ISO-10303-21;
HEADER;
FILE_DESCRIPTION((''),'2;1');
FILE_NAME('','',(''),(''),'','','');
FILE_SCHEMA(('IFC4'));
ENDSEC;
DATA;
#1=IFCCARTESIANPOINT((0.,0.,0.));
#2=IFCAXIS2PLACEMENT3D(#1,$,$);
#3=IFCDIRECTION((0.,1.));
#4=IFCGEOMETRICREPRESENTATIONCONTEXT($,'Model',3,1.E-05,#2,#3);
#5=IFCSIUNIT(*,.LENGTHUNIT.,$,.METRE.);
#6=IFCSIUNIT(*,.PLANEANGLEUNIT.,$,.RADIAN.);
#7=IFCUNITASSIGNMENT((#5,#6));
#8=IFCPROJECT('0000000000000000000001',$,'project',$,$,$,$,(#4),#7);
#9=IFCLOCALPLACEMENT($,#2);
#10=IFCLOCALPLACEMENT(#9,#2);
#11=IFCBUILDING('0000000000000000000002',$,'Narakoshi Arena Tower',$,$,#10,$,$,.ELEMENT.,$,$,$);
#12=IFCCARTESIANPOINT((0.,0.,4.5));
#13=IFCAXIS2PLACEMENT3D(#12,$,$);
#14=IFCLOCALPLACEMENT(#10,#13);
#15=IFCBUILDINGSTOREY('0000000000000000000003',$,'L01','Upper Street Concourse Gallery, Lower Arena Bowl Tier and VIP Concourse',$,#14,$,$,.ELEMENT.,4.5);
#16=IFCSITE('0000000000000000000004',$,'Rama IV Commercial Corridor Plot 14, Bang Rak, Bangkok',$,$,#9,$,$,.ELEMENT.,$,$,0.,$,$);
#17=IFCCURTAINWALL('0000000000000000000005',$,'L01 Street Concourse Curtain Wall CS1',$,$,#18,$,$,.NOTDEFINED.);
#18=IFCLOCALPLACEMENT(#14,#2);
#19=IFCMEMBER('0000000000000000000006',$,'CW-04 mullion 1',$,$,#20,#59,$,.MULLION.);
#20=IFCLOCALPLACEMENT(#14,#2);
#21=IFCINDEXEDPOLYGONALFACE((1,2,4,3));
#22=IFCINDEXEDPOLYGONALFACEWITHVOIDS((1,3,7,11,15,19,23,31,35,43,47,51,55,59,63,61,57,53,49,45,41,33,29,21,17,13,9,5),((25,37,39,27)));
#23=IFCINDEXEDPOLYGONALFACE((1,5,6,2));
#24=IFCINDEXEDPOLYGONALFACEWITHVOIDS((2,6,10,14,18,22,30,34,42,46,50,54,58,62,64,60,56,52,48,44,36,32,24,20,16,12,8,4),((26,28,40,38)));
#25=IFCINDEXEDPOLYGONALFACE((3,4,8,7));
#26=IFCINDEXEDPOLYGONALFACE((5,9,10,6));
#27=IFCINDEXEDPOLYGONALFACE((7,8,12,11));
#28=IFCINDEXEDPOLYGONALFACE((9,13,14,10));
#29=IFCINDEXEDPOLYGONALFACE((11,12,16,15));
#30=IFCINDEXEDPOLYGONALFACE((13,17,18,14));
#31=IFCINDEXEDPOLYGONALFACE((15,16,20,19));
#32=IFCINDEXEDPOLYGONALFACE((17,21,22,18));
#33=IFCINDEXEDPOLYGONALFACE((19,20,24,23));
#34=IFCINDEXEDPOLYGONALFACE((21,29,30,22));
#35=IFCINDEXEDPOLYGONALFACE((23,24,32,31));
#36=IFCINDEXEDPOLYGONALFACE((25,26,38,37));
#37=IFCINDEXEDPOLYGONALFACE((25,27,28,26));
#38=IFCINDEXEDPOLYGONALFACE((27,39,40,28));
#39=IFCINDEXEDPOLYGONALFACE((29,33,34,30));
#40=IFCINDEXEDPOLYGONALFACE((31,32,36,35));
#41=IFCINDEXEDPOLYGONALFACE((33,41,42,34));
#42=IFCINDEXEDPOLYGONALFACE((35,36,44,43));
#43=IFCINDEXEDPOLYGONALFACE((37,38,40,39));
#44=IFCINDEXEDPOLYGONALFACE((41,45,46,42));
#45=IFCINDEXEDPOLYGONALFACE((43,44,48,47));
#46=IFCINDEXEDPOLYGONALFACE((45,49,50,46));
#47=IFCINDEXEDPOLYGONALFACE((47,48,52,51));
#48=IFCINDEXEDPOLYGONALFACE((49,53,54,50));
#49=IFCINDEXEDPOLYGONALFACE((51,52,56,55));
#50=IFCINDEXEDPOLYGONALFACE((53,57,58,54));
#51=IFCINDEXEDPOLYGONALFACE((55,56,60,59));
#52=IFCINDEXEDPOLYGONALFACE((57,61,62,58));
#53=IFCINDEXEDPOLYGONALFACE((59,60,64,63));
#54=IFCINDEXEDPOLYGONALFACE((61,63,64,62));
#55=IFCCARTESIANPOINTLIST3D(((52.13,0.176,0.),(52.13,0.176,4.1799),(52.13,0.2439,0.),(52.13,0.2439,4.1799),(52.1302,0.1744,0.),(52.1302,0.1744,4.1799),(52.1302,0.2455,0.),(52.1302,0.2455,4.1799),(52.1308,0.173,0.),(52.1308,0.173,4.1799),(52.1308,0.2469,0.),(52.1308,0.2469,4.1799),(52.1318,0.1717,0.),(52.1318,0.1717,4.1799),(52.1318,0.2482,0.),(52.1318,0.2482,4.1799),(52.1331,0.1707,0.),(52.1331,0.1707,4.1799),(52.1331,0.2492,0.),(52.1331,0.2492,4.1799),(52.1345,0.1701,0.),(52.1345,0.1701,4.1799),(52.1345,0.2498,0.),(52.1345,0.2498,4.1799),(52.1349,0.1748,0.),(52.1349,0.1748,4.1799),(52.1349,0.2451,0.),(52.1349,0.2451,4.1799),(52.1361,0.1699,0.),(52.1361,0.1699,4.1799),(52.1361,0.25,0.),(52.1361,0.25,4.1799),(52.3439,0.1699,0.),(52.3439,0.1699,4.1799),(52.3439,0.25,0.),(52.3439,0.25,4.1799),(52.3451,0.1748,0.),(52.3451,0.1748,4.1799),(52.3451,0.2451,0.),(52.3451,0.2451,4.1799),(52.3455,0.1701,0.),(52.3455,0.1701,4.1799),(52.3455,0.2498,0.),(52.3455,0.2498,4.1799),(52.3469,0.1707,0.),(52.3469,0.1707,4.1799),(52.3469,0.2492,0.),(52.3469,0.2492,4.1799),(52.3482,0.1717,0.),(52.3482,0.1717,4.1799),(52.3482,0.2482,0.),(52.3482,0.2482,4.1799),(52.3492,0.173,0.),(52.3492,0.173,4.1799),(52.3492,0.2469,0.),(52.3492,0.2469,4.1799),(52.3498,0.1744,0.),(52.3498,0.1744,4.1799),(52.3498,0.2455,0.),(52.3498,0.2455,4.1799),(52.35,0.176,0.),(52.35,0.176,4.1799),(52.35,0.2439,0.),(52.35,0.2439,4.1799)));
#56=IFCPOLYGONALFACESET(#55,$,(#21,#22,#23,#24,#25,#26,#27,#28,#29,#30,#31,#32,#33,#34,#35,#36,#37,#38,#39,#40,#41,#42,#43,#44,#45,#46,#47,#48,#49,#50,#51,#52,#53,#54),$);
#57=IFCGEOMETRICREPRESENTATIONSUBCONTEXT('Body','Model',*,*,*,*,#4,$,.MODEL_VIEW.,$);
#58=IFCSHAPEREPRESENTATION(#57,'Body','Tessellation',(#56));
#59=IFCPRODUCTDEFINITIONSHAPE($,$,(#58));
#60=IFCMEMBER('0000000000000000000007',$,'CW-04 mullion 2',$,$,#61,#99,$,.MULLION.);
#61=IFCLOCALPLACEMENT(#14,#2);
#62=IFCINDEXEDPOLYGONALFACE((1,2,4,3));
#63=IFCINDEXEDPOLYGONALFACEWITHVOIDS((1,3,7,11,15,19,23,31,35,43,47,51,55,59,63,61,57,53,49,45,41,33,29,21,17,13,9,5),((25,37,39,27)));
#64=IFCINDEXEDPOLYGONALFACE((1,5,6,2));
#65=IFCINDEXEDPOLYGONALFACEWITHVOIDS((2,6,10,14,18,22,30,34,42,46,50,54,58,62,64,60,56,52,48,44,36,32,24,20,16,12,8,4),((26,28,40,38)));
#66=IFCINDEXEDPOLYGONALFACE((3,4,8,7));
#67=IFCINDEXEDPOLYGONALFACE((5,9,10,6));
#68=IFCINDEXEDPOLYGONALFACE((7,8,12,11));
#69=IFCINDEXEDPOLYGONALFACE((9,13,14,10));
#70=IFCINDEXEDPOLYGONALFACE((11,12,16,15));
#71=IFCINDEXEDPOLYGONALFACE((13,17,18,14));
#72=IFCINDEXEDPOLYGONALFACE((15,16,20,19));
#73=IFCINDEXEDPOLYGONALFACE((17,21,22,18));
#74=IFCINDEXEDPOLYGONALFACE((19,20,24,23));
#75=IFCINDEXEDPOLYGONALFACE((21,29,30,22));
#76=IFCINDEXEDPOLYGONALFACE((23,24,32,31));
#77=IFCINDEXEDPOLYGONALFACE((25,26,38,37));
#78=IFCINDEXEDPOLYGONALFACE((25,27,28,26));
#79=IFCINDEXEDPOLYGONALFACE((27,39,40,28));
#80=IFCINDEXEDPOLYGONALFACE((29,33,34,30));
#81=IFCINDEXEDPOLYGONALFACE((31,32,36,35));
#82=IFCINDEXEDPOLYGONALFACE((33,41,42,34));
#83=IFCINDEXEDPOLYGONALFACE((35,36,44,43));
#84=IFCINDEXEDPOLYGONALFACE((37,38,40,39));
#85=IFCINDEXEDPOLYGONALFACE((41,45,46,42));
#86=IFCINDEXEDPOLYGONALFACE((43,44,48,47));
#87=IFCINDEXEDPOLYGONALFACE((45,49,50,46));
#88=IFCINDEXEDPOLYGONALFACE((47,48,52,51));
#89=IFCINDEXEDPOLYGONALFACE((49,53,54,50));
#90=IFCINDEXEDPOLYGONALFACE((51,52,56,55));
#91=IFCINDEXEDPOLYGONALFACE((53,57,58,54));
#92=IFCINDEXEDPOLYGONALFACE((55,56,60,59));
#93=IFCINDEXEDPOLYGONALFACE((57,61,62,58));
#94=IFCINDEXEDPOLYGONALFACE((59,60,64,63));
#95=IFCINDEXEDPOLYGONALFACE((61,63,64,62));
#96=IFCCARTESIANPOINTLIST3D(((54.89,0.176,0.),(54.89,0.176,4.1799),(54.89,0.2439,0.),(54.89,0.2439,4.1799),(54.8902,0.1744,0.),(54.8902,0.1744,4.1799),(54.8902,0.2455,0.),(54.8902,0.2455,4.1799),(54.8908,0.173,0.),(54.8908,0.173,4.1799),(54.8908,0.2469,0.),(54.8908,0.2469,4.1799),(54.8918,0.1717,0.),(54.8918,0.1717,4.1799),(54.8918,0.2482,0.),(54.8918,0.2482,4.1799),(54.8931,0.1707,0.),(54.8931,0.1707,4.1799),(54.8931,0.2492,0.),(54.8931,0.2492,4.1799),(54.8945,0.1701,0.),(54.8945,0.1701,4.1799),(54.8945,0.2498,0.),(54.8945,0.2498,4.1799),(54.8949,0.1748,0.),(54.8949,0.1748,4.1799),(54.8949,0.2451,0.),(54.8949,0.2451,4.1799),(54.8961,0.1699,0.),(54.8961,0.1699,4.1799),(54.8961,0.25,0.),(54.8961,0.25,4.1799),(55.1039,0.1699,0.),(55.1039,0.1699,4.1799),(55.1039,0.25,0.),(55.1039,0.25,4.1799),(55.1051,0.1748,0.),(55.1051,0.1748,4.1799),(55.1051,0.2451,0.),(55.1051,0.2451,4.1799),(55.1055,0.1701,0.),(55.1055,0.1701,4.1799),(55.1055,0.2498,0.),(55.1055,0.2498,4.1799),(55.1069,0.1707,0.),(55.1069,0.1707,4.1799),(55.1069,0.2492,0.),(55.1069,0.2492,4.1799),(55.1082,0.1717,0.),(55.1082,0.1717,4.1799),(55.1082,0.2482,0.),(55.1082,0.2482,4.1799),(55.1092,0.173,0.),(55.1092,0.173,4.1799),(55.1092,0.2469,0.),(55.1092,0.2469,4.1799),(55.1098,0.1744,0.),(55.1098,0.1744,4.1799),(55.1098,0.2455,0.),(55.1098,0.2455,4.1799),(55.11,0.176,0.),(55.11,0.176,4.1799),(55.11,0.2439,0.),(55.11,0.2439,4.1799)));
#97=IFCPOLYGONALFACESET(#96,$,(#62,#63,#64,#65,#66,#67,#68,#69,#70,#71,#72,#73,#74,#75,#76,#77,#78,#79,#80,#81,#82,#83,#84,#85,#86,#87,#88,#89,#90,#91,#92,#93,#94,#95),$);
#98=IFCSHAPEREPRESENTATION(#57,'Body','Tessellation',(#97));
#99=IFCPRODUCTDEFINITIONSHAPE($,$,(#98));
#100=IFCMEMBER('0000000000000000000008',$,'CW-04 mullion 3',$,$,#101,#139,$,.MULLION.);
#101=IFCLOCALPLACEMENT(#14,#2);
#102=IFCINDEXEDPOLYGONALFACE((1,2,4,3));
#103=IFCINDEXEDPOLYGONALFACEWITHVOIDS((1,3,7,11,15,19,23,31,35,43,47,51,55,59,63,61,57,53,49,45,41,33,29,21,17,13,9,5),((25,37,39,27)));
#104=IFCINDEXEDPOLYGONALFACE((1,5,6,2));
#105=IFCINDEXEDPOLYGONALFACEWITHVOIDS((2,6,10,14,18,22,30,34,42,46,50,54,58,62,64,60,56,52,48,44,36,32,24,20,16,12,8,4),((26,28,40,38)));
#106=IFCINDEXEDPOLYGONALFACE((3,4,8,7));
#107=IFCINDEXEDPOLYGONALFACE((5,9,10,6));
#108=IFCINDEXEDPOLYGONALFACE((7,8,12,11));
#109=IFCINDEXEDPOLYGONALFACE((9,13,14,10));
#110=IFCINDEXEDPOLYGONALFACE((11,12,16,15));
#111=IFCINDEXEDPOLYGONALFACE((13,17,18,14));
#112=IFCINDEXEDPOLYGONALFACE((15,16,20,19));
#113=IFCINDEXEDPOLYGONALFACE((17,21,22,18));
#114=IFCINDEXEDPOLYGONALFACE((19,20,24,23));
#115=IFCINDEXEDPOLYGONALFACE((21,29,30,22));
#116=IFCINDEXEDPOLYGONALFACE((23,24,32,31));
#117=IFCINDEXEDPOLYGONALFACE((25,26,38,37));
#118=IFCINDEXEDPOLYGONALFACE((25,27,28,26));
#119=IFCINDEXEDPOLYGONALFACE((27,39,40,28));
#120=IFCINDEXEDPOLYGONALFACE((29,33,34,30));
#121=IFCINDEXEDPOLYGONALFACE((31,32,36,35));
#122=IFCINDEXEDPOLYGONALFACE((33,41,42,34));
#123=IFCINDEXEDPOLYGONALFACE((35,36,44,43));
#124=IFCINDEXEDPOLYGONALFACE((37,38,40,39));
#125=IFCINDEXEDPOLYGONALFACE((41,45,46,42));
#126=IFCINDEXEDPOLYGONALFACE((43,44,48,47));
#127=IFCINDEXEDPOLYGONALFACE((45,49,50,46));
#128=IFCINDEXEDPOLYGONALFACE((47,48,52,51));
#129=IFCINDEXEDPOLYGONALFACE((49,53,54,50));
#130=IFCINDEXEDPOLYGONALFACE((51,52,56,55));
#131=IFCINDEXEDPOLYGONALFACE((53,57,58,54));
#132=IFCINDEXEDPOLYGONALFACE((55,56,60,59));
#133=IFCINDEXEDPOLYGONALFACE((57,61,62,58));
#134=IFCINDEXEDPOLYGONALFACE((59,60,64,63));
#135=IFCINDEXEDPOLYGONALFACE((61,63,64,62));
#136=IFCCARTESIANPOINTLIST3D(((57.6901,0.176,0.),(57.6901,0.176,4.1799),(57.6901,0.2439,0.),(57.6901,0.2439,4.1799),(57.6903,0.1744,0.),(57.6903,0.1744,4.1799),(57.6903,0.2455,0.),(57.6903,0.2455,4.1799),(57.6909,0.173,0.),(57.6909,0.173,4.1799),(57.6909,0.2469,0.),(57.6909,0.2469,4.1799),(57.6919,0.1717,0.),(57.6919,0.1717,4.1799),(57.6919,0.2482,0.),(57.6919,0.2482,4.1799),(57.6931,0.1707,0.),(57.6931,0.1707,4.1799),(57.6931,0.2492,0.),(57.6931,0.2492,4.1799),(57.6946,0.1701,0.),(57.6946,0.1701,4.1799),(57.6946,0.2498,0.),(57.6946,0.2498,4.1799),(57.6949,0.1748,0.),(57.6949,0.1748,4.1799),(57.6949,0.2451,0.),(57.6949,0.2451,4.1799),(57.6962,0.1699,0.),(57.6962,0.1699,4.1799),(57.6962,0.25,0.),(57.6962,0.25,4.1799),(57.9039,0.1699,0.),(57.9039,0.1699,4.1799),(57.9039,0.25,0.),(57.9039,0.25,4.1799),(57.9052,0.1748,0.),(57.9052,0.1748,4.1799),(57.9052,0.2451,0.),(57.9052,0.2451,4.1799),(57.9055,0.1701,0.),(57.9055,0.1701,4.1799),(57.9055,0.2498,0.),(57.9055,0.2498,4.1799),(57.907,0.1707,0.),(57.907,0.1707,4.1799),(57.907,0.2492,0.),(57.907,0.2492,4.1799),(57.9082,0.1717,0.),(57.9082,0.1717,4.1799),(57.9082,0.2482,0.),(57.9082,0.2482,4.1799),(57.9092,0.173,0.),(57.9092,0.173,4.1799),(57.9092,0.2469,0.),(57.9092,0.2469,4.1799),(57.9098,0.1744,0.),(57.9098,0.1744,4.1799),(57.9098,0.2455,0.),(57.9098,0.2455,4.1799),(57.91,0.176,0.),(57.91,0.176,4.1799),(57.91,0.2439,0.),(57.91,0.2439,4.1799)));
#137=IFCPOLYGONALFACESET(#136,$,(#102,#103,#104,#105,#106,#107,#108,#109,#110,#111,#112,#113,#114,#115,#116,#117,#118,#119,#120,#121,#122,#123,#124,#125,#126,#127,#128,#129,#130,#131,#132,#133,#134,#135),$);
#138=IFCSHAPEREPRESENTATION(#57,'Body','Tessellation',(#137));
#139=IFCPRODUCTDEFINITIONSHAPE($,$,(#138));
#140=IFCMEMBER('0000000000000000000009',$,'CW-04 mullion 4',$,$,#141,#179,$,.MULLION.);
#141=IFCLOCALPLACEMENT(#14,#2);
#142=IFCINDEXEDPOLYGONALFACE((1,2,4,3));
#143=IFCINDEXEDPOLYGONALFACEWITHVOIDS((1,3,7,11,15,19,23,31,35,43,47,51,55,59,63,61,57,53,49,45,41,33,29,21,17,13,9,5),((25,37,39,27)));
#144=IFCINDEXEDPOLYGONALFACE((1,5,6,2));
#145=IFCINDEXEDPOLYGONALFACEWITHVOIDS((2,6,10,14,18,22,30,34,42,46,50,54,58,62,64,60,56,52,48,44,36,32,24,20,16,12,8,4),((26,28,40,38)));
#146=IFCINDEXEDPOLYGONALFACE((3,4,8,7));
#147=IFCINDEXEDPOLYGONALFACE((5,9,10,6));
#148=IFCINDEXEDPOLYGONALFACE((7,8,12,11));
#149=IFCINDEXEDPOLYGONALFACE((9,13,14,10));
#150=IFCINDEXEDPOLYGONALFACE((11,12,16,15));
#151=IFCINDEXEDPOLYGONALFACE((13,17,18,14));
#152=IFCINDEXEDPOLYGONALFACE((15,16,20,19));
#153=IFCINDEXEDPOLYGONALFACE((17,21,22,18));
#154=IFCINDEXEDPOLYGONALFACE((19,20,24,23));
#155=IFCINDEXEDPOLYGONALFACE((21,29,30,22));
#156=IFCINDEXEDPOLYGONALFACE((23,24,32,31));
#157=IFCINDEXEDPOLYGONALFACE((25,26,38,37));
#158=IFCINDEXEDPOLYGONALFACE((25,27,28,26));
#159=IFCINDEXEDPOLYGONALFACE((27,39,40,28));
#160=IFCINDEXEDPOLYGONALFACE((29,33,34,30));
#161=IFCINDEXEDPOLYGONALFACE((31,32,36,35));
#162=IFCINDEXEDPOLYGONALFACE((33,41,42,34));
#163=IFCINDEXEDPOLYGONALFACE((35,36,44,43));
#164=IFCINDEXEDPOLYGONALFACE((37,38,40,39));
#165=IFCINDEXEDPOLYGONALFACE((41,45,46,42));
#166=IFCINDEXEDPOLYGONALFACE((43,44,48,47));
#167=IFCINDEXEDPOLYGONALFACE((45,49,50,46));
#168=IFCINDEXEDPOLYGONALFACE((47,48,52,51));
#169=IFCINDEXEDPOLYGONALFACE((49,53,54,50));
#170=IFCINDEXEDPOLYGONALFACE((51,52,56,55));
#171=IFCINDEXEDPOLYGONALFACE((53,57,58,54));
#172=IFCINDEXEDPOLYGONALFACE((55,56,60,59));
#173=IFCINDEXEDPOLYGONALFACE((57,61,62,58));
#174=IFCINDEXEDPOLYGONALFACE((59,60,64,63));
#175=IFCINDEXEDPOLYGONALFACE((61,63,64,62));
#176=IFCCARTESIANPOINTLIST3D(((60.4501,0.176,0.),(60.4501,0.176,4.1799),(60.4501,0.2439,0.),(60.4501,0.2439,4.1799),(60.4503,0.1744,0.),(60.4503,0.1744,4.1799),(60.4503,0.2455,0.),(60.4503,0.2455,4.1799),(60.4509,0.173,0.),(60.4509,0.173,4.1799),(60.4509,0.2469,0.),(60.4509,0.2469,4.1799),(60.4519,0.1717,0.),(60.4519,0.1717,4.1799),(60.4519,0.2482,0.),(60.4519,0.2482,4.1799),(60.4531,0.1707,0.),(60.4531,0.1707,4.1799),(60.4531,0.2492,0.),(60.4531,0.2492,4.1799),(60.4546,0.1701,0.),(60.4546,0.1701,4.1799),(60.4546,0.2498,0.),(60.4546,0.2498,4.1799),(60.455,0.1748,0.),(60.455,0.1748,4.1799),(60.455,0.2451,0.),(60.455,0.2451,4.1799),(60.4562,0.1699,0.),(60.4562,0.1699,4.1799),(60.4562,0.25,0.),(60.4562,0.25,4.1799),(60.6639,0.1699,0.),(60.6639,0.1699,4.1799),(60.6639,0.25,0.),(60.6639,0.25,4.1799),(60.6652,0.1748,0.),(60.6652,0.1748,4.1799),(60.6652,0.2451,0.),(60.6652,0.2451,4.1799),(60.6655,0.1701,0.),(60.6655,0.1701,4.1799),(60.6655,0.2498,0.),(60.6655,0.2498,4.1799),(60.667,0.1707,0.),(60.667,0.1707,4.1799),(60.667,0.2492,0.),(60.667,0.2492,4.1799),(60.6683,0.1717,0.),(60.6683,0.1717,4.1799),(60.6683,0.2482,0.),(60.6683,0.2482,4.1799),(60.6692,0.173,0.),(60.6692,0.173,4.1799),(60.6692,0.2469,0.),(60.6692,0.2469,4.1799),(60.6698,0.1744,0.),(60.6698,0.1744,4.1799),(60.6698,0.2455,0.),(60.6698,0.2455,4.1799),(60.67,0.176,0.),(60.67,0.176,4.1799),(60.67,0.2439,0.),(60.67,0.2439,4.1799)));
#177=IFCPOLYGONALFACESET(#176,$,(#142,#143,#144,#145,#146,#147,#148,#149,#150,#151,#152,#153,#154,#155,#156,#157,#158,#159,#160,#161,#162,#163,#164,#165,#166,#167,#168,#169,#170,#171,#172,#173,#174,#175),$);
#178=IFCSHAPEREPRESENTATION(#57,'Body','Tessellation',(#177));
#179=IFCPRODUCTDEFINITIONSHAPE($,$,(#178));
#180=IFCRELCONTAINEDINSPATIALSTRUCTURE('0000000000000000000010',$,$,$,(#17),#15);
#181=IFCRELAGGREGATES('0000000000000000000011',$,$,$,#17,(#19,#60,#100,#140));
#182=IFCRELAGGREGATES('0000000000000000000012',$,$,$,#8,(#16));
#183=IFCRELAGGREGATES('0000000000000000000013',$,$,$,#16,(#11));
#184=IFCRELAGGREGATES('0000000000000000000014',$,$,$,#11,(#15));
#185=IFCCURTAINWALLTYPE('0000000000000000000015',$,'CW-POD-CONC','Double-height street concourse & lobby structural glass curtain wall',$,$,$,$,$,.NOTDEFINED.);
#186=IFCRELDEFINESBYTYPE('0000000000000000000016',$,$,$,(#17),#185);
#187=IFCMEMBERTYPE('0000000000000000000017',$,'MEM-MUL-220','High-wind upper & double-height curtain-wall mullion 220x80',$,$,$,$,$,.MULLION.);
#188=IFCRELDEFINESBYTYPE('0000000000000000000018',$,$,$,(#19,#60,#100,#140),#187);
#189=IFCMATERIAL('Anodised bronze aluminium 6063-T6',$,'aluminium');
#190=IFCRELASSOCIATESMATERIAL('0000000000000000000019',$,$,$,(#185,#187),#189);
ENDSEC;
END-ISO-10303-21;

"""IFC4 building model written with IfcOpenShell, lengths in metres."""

from ifc_helpers import new_model, si_unit, direction, frame, origin, origin_2d, place, context, subcontext, project, spatial, hollow_rectangle, extrude, material, material_profile, profile_set, type_object, element, aggregate, save


model = new_model("IFC4")

# Units and contexts
model_context = context("Model", 3, precision=1e-05, world=origin(), true_north=direction((0.0, 1.0)))
body_context = subcontext(model_context, "Body", "Model", "MODEL_VIEW")
ifc_project = project(units=[si_unit("LENGTHUNIT", "METRE"), si_unit("PLANEANGLEUNIT", "RADIAN")], contexts=[model_context])

# Site, building, storey
site_placement = place(None, origin())
site = spatial("IfcSite", under=ifc_project, at=site_placement, Name="Rama IV Commercial Corridor Plot 14, Bang Rak, Bangkok", CompositionType="ELEMENT", RefElevation=0.0)
building_placement = place(site_placement, origin())
building = spatial("IfcBuilding", under=site, at=building_placement, Name="Narakoshi Arena Tower", CompositionType="ELEMENT")
storey_placement = place(building_placement, frame((0.0, 0.0, 4.5)))
storey = spatial("IfcBuildingStorey", under=building, at=storey_placement, Name="L01", Description="Upper Street Concourse Gallery, Lower Arena Bowl Tier and VIP Concourse", CompositionType="ELEMENT", Elevation=4.5)

# Curtain wall, members
ifc_material_1 = material(Name="Anodised bronze aluminium 6063-T6", Category="aluminium")
curtain_wall_type = type_object("IfcCurtainWallType", Name="CW-POD-CONC", Description="Double-height street concourse & lobby structural glass curtain wall", PredefinedType="NOTDEFINED", material=ifc_material_1)
curtain_wall_1_placement = place(storey_placement, origin())
curtain_wall_1 = element("IfcCurtainWall", 1, at=curtain_wall_1_placement, inside=storey, type_object=curtain_wall_type, Name="L01 Street Concourse Curtain Wall CS1", PredefinedType="NOTDEFINED")
ifc_material_profile_1 = material_profile(ifc_material_1, hollow_rectangle(XDim=0.0801, YDim=0.22, WallThickness=0.0049, OuterFilletRadius=0.0061, at=origin_2d()), Name="MUL220x80x5")
ifc_profile_set_1 = profile_set([ifc_material_profile_1], Name="Anodised bronze aluminium 6063-T6")
member_type_1 = type_object("IfcMemberType", Name="MEM-MUL-220", Description="High-wind upper & double-height curtain-wall mullion 220x80", PredefinedType="MULLION", material=ifc_profile_set_1)
member_1_placement = place(storey_placement, frame((52.24, 0.21, 0.0), z_axis=(0.0, 0.0, 1.0), x_axis=(0.0, 1.0, 0.0)))
member_1 = element("IfcMember", 2, at=member_1_placement, type_object=member_type_1, Name="CW-04 mullion 1", PredefinedType="MULLION", context=body_context, shape_type="SweptSolid", body=[
    extrude(hollow_rectangle(XDim=0.0801, YDim=0.22, WallThickness=0.0049, OuterFilletRadius=0.0061, at=origin_2d()), origin(), (0.0, 0.0, 1.0), 4.1799),
])
member_2_placement = place(storey_placement, frame((55.0, 0.21, 0.0), z_axis=(0.0, 0.0, 1.0), x_axis=(0.0, 1.0, 0.0)))
member_2 = element("IfcMember", 3, at=member_2_placement, type_object=member_type_1, Name="CW-04 mullion 2", PredefinedType="MULLION", context=body_context, shape_type="SweptSolid", body=[
    extrude(hollow_rectangle(XDim=0.0801, YDim=0.22, WallThickness=0.0049, OuterFilletRadius=0.0061, at=origin_2d()), origin(), (0.0, 0.0, 1.0), 4.1799),
])
member_3_placement = place(storey_placement, frame((57.8, 0.21, 0.0), z_axis=(0.0, 0.0, 1.0), x_axis=(0.0, 1.0, 0.0)))
member_3 = element("IfcMember", 4, at=member_3_placement, type_object=member_type_1, Name="CW-04 mullion 3", PredefinedType="MULLION", context=body_context, shape_type="SweptSolid", body=[
    extrude(hollow_rectangle(XDim=0.0801, YDim=0.22, WallThickness=0.0049, OuterFilletRadius=0.0061, at=origin_2d()), origin(), (0.0, 0.0, 1.0), 4.1799),
])
member_4_placement = place(storey_placement, frame((60.5601, 0.21, 0.0), z_axis=(0.0, 0.0, 1.0), x_axis=(0.0, 1.0, 0.0)))
member_4 = element("IfcMember", 5, at=member_4_placement, type_object=member_type_1, Name="CW-04 mullion 4", PredefinedType="MULLION", context=body_context, shape_type="SweptSolid", body=[
    extrude(hollow_rectangle(XDim=0.0801, YDim=0.22, WallThickness=0.0049, OuterFilletRadius=0.0061, at=origin_2d()), origin(), (0.0, 0.0, 1.0), 4.1799),
])

aggregate(curtain_wall_1, [member_1, member_2, member_3, member_4])

save(model, "model.ifc")
